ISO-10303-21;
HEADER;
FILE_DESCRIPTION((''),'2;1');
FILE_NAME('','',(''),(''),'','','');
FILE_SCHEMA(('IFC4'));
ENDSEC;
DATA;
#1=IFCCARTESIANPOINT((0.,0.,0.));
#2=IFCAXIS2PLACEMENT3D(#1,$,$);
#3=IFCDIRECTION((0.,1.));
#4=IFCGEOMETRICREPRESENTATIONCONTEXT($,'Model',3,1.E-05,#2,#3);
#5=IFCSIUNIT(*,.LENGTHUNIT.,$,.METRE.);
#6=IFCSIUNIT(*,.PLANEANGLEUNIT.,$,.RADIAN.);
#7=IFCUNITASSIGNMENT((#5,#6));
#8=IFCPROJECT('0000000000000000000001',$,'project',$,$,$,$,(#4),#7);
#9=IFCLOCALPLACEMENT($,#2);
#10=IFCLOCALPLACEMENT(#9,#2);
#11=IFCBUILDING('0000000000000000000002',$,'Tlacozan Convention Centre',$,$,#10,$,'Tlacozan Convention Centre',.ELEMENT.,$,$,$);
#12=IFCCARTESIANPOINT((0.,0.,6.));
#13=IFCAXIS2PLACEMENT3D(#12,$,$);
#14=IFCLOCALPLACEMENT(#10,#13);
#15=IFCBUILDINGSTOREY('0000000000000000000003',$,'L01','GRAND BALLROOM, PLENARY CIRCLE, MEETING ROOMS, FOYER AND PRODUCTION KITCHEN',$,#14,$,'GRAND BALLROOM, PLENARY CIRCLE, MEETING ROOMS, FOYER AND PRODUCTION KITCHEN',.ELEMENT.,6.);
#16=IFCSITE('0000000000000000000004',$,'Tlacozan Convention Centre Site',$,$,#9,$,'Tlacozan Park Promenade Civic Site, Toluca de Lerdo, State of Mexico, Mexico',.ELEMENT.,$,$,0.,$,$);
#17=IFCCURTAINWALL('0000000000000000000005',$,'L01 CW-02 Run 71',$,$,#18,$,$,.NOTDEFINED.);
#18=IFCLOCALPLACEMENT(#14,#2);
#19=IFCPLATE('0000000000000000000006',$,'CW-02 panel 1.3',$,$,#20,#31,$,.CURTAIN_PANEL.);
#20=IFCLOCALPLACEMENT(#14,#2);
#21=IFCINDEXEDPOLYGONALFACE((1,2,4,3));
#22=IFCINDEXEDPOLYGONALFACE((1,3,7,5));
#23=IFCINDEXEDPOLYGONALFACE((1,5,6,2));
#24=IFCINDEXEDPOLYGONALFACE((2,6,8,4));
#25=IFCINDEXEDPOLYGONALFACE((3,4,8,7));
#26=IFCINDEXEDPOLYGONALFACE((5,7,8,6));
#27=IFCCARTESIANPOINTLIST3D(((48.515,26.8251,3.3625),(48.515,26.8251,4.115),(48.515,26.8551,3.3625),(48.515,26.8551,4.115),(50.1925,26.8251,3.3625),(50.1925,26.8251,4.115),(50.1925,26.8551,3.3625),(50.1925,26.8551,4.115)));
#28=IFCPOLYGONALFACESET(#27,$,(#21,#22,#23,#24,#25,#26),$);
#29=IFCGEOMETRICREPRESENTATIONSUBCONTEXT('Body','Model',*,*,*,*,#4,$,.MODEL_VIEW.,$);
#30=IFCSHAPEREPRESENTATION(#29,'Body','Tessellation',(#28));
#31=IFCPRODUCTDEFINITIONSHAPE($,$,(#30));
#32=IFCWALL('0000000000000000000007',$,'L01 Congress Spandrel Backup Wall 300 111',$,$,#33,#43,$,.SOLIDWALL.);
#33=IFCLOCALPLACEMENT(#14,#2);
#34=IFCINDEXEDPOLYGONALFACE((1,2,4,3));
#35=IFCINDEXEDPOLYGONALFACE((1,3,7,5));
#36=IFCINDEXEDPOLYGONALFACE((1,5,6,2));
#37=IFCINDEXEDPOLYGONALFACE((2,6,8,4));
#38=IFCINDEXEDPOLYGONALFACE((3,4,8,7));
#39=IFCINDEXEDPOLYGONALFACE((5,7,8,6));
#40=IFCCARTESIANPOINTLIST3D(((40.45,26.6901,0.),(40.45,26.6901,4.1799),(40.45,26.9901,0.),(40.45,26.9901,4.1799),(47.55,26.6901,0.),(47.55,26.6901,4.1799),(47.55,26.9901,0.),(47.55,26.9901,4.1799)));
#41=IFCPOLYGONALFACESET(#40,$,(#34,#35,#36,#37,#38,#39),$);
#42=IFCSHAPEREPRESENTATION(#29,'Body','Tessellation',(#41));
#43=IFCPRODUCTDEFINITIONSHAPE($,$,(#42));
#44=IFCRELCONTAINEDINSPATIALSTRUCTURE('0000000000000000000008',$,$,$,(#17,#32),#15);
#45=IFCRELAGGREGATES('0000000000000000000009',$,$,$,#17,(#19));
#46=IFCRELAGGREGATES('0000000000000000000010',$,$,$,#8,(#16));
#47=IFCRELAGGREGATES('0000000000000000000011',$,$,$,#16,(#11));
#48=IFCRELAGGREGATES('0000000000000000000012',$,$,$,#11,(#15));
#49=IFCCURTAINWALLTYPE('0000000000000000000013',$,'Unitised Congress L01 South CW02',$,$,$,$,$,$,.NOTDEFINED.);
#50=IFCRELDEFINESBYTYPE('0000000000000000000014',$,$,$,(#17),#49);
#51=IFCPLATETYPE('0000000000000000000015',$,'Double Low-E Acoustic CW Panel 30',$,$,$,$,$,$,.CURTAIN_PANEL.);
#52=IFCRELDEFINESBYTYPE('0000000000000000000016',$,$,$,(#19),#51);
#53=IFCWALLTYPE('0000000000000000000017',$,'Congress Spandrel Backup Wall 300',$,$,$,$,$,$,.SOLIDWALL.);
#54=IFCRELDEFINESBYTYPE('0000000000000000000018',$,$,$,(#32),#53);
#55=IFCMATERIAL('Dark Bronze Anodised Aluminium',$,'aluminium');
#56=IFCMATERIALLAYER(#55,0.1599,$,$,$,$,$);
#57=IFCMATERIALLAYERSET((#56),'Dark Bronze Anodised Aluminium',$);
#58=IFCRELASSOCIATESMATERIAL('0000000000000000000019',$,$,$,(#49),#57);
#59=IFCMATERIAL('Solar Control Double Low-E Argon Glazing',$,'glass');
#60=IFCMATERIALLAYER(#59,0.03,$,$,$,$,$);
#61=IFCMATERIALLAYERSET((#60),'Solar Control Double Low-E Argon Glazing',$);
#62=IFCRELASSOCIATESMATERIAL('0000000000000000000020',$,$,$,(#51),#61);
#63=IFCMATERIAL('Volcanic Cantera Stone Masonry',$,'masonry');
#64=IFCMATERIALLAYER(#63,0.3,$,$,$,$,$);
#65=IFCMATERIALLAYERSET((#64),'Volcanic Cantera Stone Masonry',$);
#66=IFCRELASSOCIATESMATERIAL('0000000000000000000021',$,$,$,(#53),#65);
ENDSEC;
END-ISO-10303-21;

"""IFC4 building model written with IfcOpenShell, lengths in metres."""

from ifc_helpers import new_model, si_unit, direction, frame, frame_2d, origin, origin_2d, place, context, subcontext, project, spatial, rectangle, extrude, material, layer, layer_set, type_object, element, aggregate, save


model = new_model("IFC4")

# Units and contexts
model_context = context("Model", 3, precision=1e-05, world=origin(), true_north=direction((0.0, 1.0)))
body_context = subcontext(model_context, "Body", "Model", "MODEL_VIEW")
ifc_project = project(units=[si_unit("LENGTHUNIT", "METRE"), si_unit("PLANEANGLEUNIT", "RADIAN")], contexts=[model_context])

# Site, building, storey
site_placement = place(None, origin())
site = spatial("IfcSite", under=ifc_project, at=site_placement, Name="Tlacozan Convention Centre Site", LongName="Tlacozan Park Promenade Civic Site, Toluca de Lerdo, State of Mexico, Mexico", CompositionType="ELEMENT", RefElevation=0.0)
building_placement = place(site_placement, origin())
building = spatial("IfcBuilding", under=site, at=building_placement, Name="Tlacozan Convention Centre", LongName="Tlacozan Convention Centre", CompositionType="ELEMENT")
storey_placement = place(building_placement, frame((0.0, 0.0, 6.0)))
storey = spatial("IfcBuildingStorey", under=building, at=storey_placement, Name="L01", Description="GRAND BALLROOM, PLENARY CIRCLE, MEETING ROOMS, FOYER AND PRODUCTION KITCHEN", LongName="GRAND BALLROOM, PLENARY CIRCLE, MEETING ROOMS, FOYER AND PRODUCTION KITCHEN", CompositionType="ELEMENT", Elevation=6.0)

# Curtain wall
ifc_material_1 = material(Name="Dark Bronze Anodised Aluminium", Category="aluminium")
ifc_layer_1 = layer(ifc_material_1, 0.1599)
ifc_layer_set_1 = layer_set([ifc_layer_1], Name="Dark Bronze Anodised Aluminium")
curtain_wall_type_1 = type_object("IfcCurtainWallType", Name="Unitised Congress L01 South CW02", PredefinedType="NOTDEFINED", material=ifc_layer_set_1)
curtain_wall_1_placement = place(storey_placement, origin())
curtain_wall_1 = element("IfcCurtainWall", 1, at=curtain_wall_1_placement, inside=storey, type_object=curtain_wall_type_1, Name="L01 CW-02 Run 71", PredefinedType="NOTDEFINED")

# Plate
ifc_material_2 = material(Name="Solar Control Double Low-E Argon Glazing", Category="glass")
ifc_layer_2 = layer(ifc_material_2, 0.03)
ifc_layer_set_2 = layer_set([ifc_layer_2], Name="Solar Control Double Low-E Argon Glazing")
plate_type_1 = type_object("IfcPlateType", Name="Double Low-E Acoustic CW Panel 30", PredefinedType="CURTAIN_PANEL", material=ifc_layer_set_2)
plate_1_placement = place(storey_placement, frame((49.3538, 26.8401, 3.3625), z_axis=(0.0, 0.0, 1.0), x_axis=(1.0, 0.0, 0.0)))
plate_1 = element("IfcPlate", 2, at=plate_1_placement, type_object=plate_type_1, Name="CW-02 panel 1.3", PredefinedType="CURTAIN_PANEL", context=body_context, shape_type="SweptSolid", body=[
    extrude(rectangle(XDim=1.6775, YDim=0.03, at=origin_2d()), origin(), (0.0, 0.0, 1.0), 0.7524),
])
aggregate(curtain_wall_1, [plate_1])

# Wall
ifc_material_3 = material(Name="Volcanic Cantera Stone Masonry", Category="masonry")
ifc_layer_3 = layer(ifc_material_3, 0.3)
ifc_layer_set_3 = layer_set([ifc_layer_3], Name="Volcanic Cantera Stone Masonry")
wall_type = type_object("IfcWallType", Name="Congress Spandrel Backup Wall 300", PredefinedType="SOLIDWALL", material=ifc_layer_set_3)
wall_placement = place(storey_placement, frame((40.45, 26.8401, 0.0), z_axis=(0.0, 0.0, 1.0), x_axis=(1.0, 0.0, 0.0)))
element("IfcWall", 3, at=wall_placement, inside=storey, type_object=wall_type, Name="L01 Congress Spandrel Backup Wall 300 111", PredefinedType="SOLIDWALL", context=body_context, shape_type="SweptSolid", body=[
    extrude(rectangle(XDim=7.1001, YDim=0.3, at=frame_2d((3.55, 0.0))), origin(), (0.0, 0.0, 1.0), 4.1799),
])

save(model, "model.ifc")
